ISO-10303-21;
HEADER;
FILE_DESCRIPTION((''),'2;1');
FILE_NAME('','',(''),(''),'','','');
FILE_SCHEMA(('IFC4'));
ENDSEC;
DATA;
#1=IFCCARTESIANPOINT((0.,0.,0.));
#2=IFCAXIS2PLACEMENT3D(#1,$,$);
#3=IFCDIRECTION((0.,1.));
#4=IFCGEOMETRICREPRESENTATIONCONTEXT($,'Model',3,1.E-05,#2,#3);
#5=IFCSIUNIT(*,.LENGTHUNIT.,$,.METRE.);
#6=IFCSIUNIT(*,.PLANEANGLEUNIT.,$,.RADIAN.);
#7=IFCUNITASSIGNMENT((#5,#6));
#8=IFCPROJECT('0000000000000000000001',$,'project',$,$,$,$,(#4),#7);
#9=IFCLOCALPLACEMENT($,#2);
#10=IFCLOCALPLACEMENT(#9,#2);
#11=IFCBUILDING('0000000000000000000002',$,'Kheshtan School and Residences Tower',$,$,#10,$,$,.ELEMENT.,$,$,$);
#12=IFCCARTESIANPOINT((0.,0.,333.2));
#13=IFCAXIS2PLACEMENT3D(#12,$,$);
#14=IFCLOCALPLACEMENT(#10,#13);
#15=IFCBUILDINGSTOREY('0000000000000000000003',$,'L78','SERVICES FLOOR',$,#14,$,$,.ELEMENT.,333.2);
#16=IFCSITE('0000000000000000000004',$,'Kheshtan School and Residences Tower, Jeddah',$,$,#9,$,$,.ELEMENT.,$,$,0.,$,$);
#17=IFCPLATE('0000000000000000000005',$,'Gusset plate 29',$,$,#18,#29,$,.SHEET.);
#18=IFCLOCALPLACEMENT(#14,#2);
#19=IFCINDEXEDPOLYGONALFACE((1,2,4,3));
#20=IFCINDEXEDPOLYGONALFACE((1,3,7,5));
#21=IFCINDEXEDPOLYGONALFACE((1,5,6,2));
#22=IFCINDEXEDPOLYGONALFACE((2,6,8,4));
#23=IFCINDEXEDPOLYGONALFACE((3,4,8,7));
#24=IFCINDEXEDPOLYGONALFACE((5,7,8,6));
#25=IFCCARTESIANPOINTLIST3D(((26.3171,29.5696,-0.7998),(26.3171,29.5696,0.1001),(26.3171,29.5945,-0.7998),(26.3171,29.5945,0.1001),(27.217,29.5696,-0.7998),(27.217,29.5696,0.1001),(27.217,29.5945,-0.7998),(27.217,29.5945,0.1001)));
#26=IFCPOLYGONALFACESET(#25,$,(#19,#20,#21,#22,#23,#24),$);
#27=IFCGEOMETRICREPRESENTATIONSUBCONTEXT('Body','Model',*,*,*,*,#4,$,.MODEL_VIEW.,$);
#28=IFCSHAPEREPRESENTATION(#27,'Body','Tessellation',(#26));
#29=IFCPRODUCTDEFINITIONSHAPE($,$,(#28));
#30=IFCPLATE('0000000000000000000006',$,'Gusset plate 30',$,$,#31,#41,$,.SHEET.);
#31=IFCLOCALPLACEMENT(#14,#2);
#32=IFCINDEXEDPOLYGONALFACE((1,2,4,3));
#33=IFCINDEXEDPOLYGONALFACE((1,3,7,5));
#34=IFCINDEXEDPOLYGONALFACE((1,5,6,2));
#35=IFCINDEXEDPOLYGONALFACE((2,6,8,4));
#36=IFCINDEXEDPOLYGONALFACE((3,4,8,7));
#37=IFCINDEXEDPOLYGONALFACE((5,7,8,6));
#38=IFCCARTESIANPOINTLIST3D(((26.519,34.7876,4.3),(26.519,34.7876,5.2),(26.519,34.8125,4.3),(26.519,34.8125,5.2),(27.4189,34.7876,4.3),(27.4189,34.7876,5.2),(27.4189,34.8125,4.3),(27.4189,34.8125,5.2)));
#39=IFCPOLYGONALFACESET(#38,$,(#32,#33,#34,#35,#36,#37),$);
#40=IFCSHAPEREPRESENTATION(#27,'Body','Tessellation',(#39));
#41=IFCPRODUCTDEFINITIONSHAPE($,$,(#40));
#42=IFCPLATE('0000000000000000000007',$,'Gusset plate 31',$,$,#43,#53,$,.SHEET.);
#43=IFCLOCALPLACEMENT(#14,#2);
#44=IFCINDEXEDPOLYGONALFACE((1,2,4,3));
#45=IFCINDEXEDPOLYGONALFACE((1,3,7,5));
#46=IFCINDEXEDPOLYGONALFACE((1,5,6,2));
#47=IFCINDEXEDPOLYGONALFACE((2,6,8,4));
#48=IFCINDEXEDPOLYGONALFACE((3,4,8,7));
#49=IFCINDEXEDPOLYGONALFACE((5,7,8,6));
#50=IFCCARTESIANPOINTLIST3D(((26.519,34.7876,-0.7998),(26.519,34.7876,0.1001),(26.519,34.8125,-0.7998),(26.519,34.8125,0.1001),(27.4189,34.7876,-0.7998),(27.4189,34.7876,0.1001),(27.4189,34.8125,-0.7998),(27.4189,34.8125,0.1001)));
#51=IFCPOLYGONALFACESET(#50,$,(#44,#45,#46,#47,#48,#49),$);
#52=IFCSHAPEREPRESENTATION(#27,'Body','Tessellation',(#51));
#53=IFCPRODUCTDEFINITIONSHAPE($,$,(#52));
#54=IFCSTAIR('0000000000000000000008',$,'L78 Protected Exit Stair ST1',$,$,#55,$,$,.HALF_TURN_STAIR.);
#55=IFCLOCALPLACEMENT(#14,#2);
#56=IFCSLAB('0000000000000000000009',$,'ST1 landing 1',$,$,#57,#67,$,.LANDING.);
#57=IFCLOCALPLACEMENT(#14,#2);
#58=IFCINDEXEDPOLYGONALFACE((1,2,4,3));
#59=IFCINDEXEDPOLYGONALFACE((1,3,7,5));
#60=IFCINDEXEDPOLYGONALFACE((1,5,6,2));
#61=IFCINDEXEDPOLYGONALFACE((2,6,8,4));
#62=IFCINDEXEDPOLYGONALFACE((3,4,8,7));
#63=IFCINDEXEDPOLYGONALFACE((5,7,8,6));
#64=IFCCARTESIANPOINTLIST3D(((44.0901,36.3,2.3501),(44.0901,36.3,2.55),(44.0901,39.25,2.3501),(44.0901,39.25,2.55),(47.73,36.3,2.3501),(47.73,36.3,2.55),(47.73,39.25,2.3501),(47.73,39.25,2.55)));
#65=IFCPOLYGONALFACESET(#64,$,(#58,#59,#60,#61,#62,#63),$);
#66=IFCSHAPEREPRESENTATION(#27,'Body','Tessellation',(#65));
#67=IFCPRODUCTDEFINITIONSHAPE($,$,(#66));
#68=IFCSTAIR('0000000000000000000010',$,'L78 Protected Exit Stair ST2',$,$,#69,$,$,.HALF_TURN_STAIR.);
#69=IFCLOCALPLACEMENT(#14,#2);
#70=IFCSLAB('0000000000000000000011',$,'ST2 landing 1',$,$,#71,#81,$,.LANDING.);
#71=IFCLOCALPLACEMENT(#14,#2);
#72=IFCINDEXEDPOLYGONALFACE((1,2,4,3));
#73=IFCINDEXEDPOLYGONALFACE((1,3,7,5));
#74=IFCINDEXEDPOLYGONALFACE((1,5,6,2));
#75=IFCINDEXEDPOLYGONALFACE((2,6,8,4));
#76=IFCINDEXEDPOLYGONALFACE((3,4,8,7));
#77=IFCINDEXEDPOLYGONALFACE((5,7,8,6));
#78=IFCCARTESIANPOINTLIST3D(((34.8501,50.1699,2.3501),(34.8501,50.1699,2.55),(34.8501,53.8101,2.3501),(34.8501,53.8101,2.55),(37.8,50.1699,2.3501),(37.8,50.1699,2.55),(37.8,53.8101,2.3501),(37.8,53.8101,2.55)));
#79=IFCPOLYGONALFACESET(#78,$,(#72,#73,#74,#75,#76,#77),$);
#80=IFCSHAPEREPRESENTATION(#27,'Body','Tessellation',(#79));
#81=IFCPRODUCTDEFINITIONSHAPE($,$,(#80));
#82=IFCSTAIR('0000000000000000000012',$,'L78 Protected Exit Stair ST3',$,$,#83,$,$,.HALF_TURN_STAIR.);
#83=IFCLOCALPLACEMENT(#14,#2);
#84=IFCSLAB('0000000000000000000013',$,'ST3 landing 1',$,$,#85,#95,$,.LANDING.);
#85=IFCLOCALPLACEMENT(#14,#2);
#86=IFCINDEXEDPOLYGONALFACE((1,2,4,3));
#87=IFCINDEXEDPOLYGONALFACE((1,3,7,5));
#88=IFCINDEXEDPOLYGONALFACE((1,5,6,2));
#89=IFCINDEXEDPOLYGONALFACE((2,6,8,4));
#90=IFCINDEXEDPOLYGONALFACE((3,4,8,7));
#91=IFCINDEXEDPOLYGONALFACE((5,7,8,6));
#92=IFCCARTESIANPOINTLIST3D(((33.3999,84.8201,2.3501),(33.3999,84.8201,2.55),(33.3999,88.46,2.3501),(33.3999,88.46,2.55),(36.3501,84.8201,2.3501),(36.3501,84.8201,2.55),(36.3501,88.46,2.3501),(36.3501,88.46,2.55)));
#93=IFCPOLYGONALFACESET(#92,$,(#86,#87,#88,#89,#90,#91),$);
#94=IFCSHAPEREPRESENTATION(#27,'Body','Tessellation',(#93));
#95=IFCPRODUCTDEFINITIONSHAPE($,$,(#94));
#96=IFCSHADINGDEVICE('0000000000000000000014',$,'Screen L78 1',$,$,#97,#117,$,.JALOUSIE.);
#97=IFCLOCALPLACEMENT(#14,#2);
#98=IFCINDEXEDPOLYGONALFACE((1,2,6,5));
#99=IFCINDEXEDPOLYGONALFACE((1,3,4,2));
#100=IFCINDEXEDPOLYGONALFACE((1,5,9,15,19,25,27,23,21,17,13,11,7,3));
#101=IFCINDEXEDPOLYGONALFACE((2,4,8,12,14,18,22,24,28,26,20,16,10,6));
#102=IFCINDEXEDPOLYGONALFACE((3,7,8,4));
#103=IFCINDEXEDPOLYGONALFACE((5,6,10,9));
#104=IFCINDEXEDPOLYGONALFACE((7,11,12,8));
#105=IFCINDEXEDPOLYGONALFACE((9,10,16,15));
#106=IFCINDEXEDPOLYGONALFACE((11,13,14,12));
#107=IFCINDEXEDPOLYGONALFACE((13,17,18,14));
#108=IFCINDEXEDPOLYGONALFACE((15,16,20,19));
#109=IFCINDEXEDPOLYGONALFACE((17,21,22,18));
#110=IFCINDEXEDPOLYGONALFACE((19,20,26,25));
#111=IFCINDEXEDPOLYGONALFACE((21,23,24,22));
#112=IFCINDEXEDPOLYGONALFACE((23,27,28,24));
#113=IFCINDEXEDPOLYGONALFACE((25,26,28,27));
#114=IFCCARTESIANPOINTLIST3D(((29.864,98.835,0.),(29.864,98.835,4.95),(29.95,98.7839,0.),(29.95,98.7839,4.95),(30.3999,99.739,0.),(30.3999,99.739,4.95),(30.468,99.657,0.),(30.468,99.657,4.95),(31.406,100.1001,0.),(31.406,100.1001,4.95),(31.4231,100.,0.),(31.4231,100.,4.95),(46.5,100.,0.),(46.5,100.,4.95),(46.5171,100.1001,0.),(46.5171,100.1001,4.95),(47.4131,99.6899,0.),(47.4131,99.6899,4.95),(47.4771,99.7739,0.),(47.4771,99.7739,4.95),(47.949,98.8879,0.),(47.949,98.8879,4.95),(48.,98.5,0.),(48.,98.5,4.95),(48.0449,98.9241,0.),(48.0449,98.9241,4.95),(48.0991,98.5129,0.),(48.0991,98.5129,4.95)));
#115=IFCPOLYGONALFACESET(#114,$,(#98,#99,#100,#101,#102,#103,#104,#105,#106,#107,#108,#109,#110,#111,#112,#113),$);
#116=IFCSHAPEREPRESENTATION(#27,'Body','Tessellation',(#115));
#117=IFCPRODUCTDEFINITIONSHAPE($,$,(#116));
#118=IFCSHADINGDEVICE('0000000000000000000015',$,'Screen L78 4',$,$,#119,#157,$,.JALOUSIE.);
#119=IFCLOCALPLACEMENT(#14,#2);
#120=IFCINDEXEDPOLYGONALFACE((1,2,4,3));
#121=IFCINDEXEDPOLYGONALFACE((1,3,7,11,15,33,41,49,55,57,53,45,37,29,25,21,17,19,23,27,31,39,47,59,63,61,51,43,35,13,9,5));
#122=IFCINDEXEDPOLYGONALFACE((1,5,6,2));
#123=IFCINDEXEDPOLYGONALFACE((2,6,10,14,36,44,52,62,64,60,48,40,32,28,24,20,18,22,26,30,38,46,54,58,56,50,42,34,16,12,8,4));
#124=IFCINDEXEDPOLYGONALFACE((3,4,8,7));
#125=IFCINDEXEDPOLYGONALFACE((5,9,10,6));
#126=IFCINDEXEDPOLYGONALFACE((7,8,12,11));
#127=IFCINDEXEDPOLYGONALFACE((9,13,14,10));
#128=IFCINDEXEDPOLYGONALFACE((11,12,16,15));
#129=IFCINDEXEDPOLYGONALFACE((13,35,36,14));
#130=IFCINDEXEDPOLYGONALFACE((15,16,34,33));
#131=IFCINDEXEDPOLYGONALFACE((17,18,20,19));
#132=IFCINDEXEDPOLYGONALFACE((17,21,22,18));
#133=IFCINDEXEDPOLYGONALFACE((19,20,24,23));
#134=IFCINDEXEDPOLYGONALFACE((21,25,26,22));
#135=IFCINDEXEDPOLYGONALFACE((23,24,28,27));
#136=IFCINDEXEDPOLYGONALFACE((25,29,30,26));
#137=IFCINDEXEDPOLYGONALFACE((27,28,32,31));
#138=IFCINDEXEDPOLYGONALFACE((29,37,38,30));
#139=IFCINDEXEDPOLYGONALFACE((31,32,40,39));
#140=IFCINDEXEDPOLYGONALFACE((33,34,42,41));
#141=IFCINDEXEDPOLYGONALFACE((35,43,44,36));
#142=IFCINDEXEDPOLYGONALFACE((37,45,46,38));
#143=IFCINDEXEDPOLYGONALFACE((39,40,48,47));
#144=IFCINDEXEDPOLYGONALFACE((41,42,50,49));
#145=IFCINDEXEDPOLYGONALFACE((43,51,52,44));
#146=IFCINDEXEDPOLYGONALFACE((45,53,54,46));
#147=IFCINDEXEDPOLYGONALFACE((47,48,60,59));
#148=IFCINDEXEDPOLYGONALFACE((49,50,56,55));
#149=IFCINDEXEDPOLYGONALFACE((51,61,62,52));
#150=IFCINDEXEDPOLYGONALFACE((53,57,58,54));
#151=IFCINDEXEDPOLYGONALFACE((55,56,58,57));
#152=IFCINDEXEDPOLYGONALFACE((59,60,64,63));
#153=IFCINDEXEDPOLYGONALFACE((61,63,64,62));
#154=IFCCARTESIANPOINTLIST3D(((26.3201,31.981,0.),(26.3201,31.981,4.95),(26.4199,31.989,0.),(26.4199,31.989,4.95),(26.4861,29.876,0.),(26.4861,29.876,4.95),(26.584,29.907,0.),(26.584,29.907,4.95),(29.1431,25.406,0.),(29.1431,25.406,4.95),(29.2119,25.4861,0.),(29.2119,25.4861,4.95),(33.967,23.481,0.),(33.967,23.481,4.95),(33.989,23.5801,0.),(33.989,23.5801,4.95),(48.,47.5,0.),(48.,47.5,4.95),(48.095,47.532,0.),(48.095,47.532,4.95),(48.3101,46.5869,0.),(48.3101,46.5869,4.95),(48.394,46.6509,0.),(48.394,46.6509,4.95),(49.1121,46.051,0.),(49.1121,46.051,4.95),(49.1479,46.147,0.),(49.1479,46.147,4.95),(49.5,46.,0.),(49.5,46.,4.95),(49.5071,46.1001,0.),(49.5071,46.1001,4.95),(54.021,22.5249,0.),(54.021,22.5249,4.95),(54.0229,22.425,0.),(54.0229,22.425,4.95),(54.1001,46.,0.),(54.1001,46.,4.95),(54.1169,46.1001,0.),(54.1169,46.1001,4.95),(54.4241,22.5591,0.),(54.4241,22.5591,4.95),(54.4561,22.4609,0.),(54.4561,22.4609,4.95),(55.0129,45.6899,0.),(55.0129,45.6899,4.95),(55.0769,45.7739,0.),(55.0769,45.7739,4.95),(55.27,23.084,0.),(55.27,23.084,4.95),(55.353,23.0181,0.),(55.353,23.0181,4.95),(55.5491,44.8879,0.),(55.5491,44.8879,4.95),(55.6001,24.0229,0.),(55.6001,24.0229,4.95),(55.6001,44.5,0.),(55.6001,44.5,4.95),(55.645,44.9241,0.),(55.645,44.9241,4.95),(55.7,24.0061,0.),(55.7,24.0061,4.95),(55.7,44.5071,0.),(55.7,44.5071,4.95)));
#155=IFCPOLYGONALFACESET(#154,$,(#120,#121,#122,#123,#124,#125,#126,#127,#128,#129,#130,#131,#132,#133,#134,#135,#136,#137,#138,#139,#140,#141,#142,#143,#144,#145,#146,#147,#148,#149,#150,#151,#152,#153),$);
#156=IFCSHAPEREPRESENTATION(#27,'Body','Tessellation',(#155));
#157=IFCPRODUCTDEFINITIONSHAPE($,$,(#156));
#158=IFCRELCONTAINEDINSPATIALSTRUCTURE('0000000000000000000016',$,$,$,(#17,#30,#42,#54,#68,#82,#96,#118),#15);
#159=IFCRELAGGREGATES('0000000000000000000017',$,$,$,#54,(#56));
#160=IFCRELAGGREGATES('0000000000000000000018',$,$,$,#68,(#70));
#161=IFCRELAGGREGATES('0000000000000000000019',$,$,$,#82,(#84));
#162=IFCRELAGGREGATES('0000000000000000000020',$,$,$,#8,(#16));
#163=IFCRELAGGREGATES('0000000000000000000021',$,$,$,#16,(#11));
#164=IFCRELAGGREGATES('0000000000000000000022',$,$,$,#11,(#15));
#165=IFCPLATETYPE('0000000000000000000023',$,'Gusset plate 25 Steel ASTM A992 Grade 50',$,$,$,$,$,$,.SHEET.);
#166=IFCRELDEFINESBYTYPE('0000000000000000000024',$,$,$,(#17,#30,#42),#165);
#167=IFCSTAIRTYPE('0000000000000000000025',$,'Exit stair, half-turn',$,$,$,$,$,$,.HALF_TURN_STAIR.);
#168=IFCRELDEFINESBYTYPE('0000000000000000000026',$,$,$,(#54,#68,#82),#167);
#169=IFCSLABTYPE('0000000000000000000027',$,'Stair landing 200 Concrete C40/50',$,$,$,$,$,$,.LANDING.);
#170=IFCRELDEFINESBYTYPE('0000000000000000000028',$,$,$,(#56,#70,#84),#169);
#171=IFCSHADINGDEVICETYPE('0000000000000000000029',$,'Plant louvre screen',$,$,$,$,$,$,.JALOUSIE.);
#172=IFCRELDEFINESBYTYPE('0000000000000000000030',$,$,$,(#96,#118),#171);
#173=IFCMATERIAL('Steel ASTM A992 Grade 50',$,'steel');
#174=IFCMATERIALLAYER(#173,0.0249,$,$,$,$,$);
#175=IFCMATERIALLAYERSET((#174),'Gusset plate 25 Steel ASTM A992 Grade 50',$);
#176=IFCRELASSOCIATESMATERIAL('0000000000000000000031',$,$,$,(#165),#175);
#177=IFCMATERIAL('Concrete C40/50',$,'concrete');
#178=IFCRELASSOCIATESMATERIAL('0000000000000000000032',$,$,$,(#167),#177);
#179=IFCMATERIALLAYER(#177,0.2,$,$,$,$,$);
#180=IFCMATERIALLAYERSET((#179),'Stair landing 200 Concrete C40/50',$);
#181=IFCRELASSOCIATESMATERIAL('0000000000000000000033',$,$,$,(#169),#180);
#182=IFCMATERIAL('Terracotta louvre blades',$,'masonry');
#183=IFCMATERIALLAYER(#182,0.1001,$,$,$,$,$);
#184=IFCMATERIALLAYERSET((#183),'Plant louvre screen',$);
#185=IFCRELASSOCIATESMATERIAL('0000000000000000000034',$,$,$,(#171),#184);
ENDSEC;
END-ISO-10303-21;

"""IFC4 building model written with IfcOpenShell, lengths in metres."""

from ifc_helpers import new_model, si_unit, direction, frame, origin, origin_2d, place, context, subcontext, project, spatial, polyline, rectangle, outline, extrude, material, layer, layer_set, type_object, element, aggregate, save


model = new_model("IFC4")

# Units and contexts
model_context = context("Model", 3, precision=1e-05, world=origin(), true_north=direction((0.0, 1.0)))
body_context = subcontext(model_context, "Body", "Model", "MODEL_VIEW")
ifc_project = project(units=[si_unit("LENGTHUNIT", "METRE"), si_unit("PLANEANGLEUNIT", "RADIAN")], contexts=[model_context])

# Site, building, storey
site_placement = place(None, origin())
site = spatial("IfcSite", under=ifc_project, at=site_placement, Name="Kheshtan School and Residences Tower, Jeddah", CompositionType="ELEMENT", RefElevation=0.0)
building_placement = place(site_placement, origin())
building = spatial("IfcBuilding", under=site, at=building_placement, Name="Kheshtan School and Residences Tower", CompositionType="ELEMENT")
storey_placement = place(building_placement, frame((0.0, 0.0, 333.2)))
storey = spatial("IfcBuildingStorey", under=building, at=storey_placement, Name="L78", Description="SERVICES FLOOR", CompositionType="ELEMENT", Elevation=333.2)

# Shared definitions
ifc_material_1 = material(Name="Steel ASTM A992 Grade 50", Category="steel")

# Shared definitions
ifc_material_2 = material(Name="Concrete C40/50", Category="concrete")

# Plates
ifc_layer_1 = layer(ifc_material_1, 0.0249)
ifc_layer_set_1 = layer_set([ifc_layer_1], Name="Gusset plate 25 Steel ASTM A992 Grade 50")
plate_type = type_object("IfcPlateType", Name="Gusset plate 25 Steel ASTM A992 Grade 50", PredefinedType="SHEET", material=ifc_layer_set_1)
for number, where, z_axis, x_axis, name in (
    (1, (26.7671, 29.582, -0.7998), (0.0, 0.0, 1.0), (1.0, 0.0, 0.0), "Gusset plate 29"),
    (2, (26.969, 34.8, 4.3), (0.0, 0.0, 1.0), (1.0, 0.0, 0.0), "Gusset plate 30"),
    (3, (26.969, 34.8, -0.7998), (0.0, 0.0, 1.0), (1.0, 0.0, 0.0), "Gusset plate 31"),
):
    element("IfcPlate", number, at=place(storey_placement, frame(where, z_axis=z_axis, x_axis=x_axis)), inside=storey, type_object=plate_type, Name=name, PredefinedType="SHEET", context=body_context, shape_type="SweptSolid", body=[
        extrude(rectangle(XDim=0.8999, YDim=0.0249, at=origin_2d()), origin(), (0.0, 0.0, 1.0), 0.8999),
    ])

# Stairs, slabs
stair_type = type_object("IfcStairType", Name="Exit stair, half-turn", PredefinedType="HALF_TURN_STAIR", material=ifc_material_2)
stair_1_placement = place(storey_placement, origin())
stair_1 = element("IfcStair", 4, at=stair_1_placement, inside=storey, type_object=stair_type, Name="L78 Protected Exit Stair ST1", PredefinedType="HALF_TURN_STAIR")
ifc_layer_2 = layer(ifc_material_2, 0.2)
ifc_layer_set_2 = layer_set([ifc_layer_2], Name="Stair landing 200 Concrete C40/50")
slab_type_1 = type_object("IfcSlabType", Name="Stair landing 200 Concrete C40/50", PredefinedType="LANDING", material=ifc_layer_set_2)
slab_1_placement = place(storey_placement, frame((0.0, 0.0, 2.3501)))
slab_1 = element("IfcSlab", 5, at=slab_1_placement, type_object=slab_type_1, Name="ST1 landing 1", PredefinedType="LANDING", context=body_context, shape_type="SweptSolid", body=[
    extrude(outline(polyline([(47.73, 39.25), (44.0901, 39.25), (44.0901, 36.3), (47.73, 36.3), (47.73, 39.25)])), origin(), (0.0, 0.0, 1.0), 0.2),
])
aggregate(stair_1, [slab_1])
stair_2_placement = place(storey_placement, origin())
stair_2 = element("IfcStair", 6, at=stair_2_placement, inside=storey, type_object=stair_type, Name="L78 Protected Exit Stair ST2", PredefinedType="HALF_TURN_STAIR")
slab_2_placement = place(storey_placement, frame((0.0, 0.0, 2.3501)))
slab_2 = element("IfcSlab", 7, at=slab_2_placement, type_object=slab_type_1, Name="ST2 landing 1", PredefinedType="LANDING", context=body_context, shape_type="SweptSolid", body=[
    extrude(outline(polyline([(37.8, 50.1699), (37.8, 53.8101), (34.8501, 53.8101), (34.8501, 50.1699), (37.8, 50.1699)])), origin(), (0.0, 0.0, 1.0), 0.2),
])
aggregate(stair_2, [slab_2])
stair_3_placement = place(storey_placement, origin())
stair_3 = element("IfcStair", 8, at=stair_3_placement, inside=storey, type_object=stair_type, Name="L78 Protected Exit Stair ST3", PredefinedType="HALF_TURN_STAIR")
slab_3_placement = place(storey_placement, frame((0.0, 0.0, 2.3501)))
slab_3 = element("IfcSlab", 9, at=slab_3_placement, type_object=slab_type_1, Name="ST3 landing 1", PredefinedType="LANDING", context=body_context, shape_type="SweptSolid", body=[
    extrude(outline(polyline([(36.3501, 84.8201), (36.3501, 88.46), (33.3999, 88.46), (33.3999, 84.8201), (36.3501, 84.8201)])), origin(), (0.0, 0.0, 1.0), 0.2),
])
aggregate(stair_3, [slab_3])

# Shading devices
ifc_material_3 = material(Name="Terracotta louvre blades", Category="masonry")
ifc_layer_3 = layer(ifc_material_3, 0.1001)
ifc_layer_set_3 = layer_set([ifc_layer_3], Name="Plant louvre screen")
shading_device_type = type_object("IfcShadingDeviceType", Name="Plant louvre screen", PredefinedType="JALOUSIE", material=ifc_layer_set_3)
shading_device_1_placement = place(storey_placement, origin())
element("IfcShadingDevice", 10, at=shading_device_1_placement, inside=storey, type_object=shading_device_type, Name="Screen L78 1", PredefinedType="JALOUSIE", context=body_context, shape_type="SweptSolid", body=[
    extrude(outline(polyline([(29.95, 98.7839), (30.468, 99.657), (31.4231, 100.0), (46.5, 100.0), (47.4131, 99.6899), (47.949, 98.8879), (48.0, 98.5), (48.0991, 98.5129), (48.0449, 98.9241), (47.4771, 99.7739), (46.5171, 100.1001), (31.406, 100.1001), (30.3999, 99.739), (29.864, 98.835), (29.95, 98.7839)])), origin(), (0.0, 0.0, 1.0), 4.95),
])
shading_device_2_placement = place(storey_placement, origin())
element("IfcShadingDevice", 11, at=shading_device_2_placement, inside=storey, type_object=shading_device_type, Name="Screen L78 4", PredefinedType="JALOUSIE", context=body_context, shape_type="SweptSolid", body=[
    extrude(outline(polyline([(48.0, 47.5), (48.3101, 46.5869), (49.1121, 46.051), (49.5, 46.0), (54.1001, 46.0), (55.0129, 45.6899), (55.5491, 44.8879), (55.6001, 44.5), (55.6001, 24.0229), (55.27, 23.084), (54.4241, 22.5591), (54.021, 22.5249), (33.989, 23.5801), (29.2119, 25.4861), (26.584, 29.907), (26.4199, 31.989), (26.3201, 31.981), (26.4861, 29.876), (29.1431, 25.406), (33.967, 23.481), (54.0229, 22.425), (54.4561, 22.4609), (55.353, 23.0181), (55.7, 24.0061), (55.7, 44.5071), (55.645, 44.9241), (55.0769, 45.7739), (54.1169, 46.1001), (49.5071, 46.1001), (49.1479, 46.147), (48.394, 46.6509), (48.095, 47.532), (48.0, 47.5)])), origin(), (0.0, 0.0, 1.0), 4.95),
])

save(model, "model.ifc")
